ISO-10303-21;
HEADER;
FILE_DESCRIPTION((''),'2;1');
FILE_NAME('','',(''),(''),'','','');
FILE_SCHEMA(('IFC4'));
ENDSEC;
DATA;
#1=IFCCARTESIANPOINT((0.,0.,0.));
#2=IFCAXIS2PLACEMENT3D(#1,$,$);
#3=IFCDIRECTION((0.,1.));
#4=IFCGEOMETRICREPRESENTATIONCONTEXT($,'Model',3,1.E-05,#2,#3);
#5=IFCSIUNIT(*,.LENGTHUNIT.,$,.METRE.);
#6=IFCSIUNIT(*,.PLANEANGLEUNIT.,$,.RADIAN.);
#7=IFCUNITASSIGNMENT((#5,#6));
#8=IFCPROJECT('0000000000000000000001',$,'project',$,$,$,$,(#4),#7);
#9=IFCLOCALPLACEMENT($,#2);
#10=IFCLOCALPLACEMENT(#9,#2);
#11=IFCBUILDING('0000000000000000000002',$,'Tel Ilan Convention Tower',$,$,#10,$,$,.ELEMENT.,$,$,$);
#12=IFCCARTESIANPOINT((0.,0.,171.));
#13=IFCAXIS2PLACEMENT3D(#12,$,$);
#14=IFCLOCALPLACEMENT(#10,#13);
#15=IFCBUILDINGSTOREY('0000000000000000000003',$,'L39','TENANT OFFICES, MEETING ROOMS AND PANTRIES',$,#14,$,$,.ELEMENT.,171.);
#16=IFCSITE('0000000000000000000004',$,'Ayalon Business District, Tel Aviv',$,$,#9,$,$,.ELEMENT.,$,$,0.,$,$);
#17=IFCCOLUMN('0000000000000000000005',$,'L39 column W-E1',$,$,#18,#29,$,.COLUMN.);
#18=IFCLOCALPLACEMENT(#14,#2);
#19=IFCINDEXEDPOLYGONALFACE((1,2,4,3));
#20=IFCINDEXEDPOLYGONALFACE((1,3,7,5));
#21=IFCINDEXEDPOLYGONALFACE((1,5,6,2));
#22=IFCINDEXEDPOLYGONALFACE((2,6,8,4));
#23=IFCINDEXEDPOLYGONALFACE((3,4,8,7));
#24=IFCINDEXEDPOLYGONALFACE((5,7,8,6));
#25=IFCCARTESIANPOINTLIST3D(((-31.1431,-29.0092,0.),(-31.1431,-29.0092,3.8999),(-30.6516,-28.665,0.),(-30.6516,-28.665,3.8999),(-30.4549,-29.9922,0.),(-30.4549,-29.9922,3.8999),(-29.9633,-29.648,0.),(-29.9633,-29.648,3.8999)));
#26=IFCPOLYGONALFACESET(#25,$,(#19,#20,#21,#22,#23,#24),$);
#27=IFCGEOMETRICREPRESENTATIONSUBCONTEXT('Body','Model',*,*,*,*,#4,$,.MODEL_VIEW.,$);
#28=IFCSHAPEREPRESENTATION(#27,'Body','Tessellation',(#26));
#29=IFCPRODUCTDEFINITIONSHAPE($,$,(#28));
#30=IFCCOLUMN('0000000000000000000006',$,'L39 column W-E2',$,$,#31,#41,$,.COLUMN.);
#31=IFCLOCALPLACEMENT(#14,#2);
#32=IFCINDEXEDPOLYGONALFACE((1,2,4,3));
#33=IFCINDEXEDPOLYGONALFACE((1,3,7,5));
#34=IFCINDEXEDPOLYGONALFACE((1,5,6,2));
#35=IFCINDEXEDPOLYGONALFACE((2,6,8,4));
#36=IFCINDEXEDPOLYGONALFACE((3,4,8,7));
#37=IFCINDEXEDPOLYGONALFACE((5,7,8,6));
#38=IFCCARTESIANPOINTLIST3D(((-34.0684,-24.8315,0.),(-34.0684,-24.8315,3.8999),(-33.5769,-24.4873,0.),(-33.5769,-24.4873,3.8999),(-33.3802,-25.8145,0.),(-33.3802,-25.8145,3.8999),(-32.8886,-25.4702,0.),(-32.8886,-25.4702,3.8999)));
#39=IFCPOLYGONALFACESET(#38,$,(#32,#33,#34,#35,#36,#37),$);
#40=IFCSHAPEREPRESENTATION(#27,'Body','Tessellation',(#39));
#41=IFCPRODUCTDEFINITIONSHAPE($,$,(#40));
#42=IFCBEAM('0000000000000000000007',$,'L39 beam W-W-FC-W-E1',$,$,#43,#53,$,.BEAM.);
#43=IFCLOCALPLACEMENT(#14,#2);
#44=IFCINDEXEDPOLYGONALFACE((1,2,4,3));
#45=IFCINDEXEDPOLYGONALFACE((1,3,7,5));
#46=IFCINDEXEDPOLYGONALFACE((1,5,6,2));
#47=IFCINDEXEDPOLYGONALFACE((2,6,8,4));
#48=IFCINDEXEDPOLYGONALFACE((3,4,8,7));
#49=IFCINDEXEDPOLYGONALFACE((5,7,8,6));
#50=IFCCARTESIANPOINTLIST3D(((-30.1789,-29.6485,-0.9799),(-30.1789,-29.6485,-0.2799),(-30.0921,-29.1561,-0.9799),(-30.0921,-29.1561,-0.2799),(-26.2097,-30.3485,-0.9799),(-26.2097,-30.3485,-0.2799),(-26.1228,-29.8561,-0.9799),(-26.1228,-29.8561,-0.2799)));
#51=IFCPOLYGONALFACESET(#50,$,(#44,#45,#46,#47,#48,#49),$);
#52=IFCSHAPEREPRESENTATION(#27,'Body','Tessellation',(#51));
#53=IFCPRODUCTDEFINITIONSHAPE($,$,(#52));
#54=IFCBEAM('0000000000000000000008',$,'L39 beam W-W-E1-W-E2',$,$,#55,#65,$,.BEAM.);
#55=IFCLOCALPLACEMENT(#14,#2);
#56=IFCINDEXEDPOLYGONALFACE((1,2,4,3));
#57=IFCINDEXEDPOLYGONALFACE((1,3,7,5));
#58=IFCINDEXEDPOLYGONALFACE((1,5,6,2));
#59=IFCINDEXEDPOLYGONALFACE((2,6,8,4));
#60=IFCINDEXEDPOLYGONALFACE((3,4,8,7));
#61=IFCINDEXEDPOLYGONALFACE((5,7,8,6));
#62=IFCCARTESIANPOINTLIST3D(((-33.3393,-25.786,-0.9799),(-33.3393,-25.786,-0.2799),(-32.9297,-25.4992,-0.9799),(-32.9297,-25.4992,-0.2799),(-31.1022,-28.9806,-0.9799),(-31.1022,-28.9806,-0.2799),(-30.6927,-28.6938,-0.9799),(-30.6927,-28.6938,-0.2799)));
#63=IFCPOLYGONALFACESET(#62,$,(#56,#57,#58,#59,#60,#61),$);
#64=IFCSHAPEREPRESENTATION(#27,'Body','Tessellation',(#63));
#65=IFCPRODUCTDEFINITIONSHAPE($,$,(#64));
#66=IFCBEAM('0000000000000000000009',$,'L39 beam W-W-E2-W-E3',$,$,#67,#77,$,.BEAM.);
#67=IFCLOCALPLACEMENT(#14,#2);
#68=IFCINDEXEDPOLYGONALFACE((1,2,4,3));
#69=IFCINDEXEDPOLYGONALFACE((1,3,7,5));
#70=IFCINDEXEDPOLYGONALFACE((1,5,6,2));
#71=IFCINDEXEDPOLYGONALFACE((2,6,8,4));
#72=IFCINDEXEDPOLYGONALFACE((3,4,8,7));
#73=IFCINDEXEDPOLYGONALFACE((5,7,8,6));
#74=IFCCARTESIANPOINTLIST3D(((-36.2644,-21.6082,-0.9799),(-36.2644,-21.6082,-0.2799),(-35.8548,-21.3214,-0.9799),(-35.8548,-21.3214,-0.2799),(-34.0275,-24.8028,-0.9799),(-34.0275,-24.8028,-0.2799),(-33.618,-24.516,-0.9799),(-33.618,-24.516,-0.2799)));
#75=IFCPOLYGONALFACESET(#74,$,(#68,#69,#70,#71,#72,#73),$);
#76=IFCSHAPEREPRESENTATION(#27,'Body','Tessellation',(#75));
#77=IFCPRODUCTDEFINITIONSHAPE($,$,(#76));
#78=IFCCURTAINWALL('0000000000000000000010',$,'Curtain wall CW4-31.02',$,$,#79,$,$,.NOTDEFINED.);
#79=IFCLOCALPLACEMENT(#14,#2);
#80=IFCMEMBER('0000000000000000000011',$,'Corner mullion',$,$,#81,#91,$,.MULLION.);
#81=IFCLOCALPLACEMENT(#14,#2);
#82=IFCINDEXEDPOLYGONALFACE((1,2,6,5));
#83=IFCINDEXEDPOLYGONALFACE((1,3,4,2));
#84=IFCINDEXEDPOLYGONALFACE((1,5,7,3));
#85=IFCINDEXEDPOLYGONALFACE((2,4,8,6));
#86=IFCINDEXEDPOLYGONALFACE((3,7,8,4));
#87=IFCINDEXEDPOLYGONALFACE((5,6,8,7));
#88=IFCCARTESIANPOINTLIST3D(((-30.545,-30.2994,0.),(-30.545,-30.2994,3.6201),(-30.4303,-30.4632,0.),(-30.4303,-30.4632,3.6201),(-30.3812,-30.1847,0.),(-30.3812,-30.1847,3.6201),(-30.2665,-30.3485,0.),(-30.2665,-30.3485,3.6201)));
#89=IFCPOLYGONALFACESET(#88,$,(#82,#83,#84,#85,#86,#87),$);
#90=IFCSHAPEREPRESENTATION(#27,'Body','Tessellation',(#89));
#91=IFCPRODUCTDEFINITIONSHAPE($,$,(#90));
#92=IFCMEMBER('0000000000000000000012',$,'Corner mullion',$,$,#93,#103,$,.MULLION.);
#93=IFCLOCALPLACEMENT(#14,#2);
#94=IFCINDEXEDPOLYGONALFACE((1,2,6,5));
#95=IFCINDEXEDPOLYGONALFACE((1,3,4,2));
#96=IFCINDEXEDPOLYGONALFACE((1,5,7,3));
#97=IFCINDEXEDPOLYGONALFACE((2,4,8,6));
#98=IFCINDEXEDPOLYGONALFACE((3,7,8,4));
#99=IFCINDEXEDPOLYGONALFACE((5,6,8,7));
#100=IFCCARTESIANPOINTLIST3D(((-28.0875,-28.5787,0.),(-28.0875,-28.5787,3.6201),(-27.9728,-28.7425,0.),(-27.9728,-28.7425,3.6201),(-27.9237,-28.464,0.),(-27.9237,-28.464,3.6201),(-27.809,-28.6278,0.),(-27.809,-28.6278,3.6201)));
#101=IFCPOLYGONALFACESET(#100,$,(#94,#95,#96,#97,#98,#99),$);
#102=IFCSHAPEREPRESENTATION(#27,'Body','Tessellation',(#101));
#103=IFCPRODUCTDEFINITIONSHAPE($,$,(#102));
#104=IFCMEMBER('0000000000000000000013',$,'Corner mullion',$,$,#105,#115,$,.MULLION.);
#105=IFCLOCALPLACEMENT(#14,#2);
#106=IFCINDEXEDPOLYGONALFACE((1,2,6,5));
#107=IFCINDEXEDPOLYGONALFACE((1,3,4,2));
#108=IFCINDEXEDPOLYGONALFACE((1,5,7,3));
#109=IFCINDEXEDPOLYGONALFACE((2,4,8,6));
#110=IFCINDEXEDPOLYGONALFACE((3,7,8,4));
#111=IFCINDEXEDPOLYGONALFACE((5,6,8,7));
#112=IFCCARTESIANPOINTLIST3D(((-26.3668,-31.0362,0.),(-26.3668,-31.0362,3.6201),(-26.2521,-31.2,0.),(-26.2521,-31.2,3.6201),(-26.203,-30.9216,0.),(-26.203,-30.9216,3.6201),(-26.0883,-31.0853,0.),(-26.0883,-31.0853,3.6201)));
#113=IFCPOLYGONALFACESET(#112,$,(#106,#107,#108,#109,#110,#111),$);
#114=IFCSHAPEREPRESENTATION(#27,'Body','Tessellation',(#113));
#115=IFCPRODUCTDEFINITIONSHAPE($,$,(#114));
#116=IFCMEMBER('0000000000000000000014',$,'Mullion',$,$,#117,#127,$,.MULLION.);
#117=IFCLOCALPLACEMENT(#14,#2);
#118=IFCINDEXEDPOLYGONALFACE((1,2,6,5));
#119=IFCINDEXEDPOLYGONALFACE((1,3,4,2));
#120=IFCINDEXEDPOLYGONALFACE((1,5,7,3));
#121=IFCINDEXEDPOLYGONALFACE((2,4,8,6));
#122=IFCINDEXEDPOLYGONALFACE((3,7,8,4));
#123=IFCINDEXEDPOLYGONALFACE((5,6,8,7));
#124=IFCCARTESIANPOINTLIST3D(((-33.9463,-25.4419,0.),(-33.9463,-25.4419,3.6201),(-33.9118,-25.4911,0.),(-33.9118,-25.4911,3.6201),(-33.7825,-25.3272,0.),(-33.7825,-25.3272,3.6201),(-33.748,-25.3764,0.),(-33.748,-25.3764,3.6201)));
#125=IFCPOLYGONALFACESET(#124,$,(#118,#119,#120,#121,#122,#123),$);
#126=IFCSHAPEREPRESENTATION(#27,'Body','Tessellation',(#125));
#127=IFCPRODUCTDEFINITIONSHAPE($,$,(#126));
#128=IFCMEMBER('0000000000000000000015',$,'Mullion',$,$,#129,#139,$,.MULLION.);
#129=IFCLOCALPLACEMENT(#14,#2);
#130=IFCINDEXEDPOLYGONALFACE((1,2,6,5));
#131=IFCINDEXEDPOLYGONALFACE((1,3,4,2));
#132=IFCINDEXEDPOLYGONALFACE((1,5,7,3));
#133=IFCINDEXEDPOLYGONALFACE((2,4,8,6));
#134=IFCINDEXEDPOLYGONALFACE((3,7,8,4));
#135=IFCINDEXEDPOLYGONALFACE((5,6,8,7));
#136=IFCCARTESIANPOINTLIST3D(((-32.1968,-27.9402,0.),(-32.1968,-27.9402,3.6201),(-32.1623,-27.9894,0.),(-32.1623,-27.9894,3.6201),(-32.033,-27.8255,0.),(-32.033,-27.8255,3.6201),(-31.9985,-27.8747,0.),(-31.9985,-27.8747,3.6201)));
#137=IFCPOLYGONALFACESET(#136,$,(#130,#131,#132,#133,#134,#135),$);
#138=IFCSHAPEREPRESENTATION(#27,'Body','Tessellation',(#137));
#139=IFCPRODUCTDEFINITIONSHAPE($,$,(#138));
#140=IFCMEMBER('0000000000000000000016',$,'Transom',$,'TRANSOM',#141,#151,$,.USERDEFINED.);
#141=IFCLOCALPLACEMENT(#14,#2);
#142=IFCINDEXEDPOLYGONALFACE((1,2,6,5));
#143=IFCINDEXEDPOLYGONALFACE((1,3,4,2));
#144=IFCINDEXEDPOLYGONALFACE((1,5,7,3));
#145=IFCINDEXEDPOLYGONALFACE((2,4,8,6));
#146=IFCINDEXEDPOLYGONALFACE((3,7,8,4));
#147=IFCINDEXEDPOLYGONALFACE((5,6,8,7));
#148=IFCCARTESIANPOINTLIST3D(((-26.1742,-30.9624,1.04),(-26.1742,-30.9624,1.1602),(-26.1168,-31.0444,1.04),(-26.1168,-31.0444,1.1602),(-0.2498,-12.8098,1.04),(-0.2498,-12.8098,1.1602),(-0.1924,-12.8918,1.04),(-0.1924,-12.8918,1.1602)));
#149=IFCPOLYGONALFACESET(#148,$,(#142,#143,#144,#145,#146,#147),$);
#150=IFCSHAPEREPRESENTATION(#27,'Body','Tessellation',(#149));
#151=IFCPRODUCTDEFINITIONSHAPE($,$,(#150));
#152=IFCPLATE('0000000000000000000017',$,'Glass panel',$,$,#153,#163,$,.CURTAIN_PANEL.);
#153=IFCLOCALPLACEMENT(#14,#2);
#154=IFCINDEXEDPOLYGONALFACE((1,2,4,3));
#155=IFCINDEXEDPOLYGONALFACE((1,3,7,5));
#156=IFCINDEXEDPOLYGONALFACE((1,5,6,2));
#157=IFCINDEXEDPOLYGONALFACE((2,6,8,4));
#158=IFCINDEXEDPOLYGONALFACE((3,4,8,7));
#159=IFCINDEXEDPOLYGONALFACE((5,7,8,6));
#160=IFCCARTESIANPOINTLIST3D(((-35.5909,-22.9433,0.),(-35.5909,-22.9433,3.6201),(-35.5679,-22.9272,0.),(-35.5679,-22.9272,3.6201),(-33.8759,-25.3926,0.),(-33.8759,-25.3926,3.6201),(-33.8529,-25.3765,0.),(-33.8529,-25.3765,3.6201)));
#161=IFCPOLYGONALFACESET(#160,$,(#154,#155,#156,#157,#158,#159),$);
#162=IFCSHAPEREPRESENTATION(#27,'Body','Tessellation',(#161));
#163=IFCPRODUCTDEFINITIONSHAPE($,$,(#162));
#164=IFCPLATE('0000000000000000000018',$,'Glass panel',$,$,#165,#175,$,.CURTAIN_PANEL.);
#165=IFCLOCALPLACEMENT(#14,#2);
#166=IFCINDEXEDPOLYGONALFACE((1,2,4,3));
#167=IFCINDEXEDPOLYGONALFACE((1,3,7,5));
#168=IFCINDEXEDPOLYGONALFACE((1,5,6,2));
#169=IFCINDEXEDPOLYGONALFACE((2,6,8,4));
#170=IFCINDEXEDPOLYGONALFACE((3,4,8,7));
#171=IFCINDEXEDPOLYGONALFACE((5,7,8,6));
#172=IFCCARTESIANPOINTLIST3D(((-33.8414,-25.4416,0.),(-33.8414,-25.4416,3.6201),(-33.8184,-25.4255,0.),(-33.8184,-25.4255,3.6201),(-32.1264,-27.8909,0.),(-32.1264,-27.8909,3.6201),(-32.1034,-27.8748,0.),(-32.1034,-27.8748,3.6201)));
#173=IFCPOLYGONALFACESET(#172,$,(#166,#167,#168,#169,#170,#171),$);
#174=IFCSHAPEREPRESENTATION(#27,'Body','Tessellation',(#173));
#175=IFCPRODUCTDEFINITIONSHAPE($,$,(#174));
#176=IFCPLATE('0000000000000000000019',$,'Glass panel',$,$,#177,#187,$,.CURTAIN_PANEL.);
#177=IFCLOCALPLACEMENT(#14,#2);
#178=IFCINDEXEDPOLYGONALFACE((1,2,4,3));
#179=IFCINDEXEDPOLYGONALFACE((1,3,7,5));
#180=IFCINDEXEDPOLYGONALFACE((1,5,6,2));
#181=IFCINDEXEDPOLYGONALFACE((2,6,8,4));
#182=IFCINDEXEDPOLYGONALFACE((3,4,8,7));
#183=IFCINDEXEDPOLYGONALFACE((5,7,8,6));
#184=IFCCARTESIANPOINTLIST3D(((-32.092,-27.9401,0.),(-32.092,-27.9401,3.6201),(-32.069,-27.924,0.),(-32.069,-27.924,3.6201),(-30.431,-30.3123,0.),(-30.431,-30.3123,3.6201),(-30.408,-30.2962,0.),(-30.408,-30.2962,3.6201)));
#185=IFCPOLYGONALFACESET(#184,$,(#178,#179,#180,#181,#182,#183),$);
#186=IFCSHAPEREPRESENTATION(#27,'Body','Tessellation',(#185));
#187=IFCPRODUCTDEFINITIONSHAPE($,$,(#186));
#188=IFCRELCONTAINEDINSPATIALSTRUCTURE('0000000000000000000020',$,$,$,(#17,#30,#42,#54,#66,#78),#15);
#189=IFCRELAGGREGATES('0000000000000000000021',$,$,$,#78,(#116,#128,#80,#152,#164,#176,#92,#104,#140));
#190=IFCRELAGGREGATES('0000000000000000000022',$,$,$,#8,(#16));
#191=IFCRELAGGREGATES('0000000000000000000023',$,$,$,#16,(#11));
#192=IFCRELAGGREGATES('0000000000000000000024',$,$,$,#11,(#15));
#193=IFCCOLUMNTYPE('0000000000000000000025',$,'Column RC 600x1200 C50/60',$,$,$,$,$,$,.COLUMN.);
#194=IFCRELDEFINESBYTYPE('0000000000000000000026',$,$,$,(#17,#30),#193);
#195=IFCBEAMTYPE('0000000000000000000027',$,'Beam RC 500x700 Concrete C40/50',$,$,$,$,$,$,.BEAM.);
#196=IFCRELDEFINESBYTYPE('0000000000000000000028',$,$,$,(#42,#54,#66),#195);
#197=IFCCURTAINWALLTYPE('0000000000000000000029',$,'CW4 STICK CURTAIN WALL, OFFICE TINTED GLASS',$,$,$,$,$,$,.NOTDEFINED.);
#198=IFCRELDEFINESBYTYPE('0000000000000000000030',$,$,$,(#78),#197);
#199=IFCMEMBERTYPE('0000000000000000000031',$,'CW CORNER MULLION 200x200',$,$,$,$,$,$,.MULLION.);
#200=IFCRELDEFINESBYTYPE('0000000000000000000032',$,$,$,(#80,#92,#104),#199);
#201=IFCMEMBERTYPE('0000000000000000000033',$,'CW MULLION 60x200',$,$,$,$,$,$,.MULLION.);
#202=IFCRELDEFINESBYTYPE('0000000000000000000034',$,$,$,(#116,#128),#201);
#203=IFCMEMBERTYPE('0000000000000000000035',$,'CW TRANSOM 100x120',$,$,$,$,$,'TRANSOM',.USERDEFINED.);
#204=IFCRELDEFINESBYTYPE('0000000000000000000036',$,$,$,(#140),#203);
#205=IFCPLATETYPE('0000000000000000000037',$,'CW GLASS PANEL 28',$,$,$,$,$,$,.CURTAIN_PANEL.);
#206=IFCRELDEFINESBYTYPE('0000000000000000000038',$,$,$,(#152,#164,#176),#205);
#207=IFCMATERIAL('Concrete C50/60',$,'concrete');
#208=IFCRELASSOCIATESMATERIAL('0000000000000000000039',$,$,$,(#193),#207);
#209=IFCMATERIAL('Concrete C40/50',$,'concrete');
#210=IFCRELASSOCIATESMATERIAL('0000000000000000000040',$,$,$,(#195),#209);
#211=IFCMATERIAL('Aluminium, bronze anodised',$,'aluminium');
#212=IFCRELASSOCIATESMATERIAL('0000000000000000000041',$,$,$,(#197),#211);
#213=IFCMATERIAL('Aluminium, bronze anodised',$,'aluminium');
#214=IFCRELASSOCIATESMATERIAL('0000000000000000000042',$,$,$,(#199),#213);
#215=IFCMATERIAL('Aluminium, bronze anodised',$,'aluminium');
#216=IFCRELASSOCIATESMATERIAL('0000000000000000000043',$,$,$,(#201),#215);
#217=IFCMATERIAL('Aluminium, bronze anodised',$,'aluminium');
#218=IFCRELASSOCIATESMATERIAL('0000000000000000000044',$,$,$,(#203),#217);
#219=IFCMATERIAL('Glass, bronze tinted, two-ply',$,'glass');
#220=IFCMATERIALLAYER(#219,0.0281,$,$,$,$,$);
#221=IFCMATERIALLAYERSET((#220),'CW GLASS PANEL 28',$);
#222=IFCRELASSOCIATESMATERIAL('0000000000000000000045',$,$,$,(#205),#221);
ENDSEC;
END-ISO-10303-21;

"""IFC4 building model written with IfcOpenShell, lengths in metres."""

from ifc_helpers import new_model, si_unit, direction, frame, origin, origin_2d, place, context, subcontext, project, spatial, rectangle, extrude, material, layer, layer_set, material_profile, profile_set, type_object, element, aggregate, save


model = new_model("IFC4")

# Units and contexts
model_context = context("Model", 3, precision=1e-05, world=origin(), true_north=direction((0.0, 1.0)))
body_context = subcontext(model_context, "Body", "Model", "MODEL_VIEW")
ifc_project = project(units=[si_unit("LENGTHUNIT", "METRE"), si_unit("PLANEANGLEUNIT", "RADIAN")], contexts=[model_context])

# Site, building, storey
site_placement = place(None, origin())
site = spatial("IfcSite", under=ifc_project, at=site_placement, Name="Ayalon Business District, Tel Aviv", CompositionType="ELEMENT", RefElevation=0.0)
building_placement = place(site_placement, origin())
building = spatial("IfcBuilding", under=site, at=building_placement, Name="Tel Ilan Convention Tower", CompositionType="ELEMENT")
storey_placement = place(building_placement, frame((0.0, 0.0, 171.0)))
storey = spatial("IfcBuildingStorey", under=building, at=storey_placement, Name="L39", Description="TENANT OFFICES, MEETING ROOMS AND PANTRIES", CompositionType="ELEMENT", Elevation=171.0)

# Columns
ifc_material_1 = material(Name="Concrete C50/60", Category="concrete")
ifc_material_profile_1 = material_profile(ifc_material_1, rectangle(XDim=1.2, YDim=0.6001, at=origin_2d()), Name="RC 600x1200")
ifc_profile_set_1 = profile_set([ifc_material_profile_1], Name="Concrete C50/60")
column_type = type_object("IfcColumnType", Name="Column RC 600x1200 C50/60", PredefinedType="COLUMN", material=ifc_profile_set_1)
for number, where, z_axis, x_axis, name in (
    (1, (-30.5532, -29.3286, 0.0), (0.0, 0.0, 1.0), (-0.573576, 0.819152, 0.0), "L39 column W-E1"),
    (2, (-33.4785, -25.1509, 0.0), (0.0, 0.0, 1.0), (-0.573576, 0.819152, 0.0), "L39 column W-E2"),
):
    element("IfcColumn", number, at=place(storey_placement, frame(where, z_axis=z_axis, x_axis=x_axis)), inside=storey, type_object=column_type, Name=name, PredefinedType="COLUMN", context=body_context, shape_type="SweptSolid", body=[
        extrude(rectangle(XDim=1.2, YDim=0.6001, at=origin_2d()), origin(), (0.0, 0.0, 1.0), 3.8999),
    ])

# Beams
ifc_material_2 = material(Name="Concrete C40/50", Category="concrete")
ifc_material_profile_2 = material_profile(ifc_material_2, rectangle(XDim=0.5, YDim=0.7, at=origin_2d()), Name="RC 500x700")
ifc_profile_set_2 = profile_set([ifc_material_profile_2], Name="Concrete C40/50")
beam_type = type_object("IfcBeamType", Name="Beam RC 500x700 Concrete C40/50", PredefinedType="BEAM", material=ifc_profile_set_2)
beam_placement = place(storey_placement, frame((-26.1663, -30.1023, -0.6299), z_axis=(-0.984805, 0.173664, 0.0), x_axis=(-0.173664, -0.984805, 0.0)))
element("IfcBeam", 3, at=beam_placement, inside=storey, type_object=beam_type, Name="L39 beam W-W-FC-W-E1", PredefinedType="BEAM", context=body_context, shape_type="SweptSolid", body=[
    extrude(rectangle(XDim=0.5, YDim=0.7, at=origin_2d()), origin(), (0.0, 0.0, 1.0), 4.0305),
])
for number, where, z_axis, x_axis, name in (
    (4, (-30.8975, -28.8372, -0.6299), (-0.573609, 0.819129, 0.0), (-0.819129, -0.573609, 0.0), "L39 beam W-W-E1-W-E2"),
    (5, (-33.8228, -24.6594, -0.6299), (-0.573567, 0.819158, 0.0), (-0.819158, -0.573567, 0.0), "L39 beam W-W-E2-W-E3"),
):
    element("IfcBeam", number, at=place(storey_placement, frame(where, z_axis=z_axis, x_axis=x_axis)), inside=storey, type_object=beam_type, Name=name, PredefinedType="BEAM", context=body_context, shape_type="SweptSolid", body=[
        extrude(rectangle(XDim=0.5, YDim=0.7, at=origin_2d()), origin(), (0.0, 0.0, 1.0), 3.8999),
    ])

# Curtain wall, members, plates
ifc_material_3 = material(Name="Aluminium, bronze anodised", Category="aluminium")
curtain_wall_type = type_object("IfcCurtainWallType", Name="CW4 STICK CURTAIN WALL, OFFICE TINTED GLASS", PredefinedType="NOTDEFINED", material=ifc_material_3)
curtain_wall_placement = place(storey_placement, origin())
curtain_wall = element("IfcCurtainWall", 6, at=curtain_wall_placement, inside=storey, type_object=curtain_wall_type, Name="Curtain wall CW4-31.02", PredefinedType="NOTDEFINED")
ifc_material_4 = material(Name="Aluminium, bronze anodised", Category="aluminium")
ifc_material_profile_3 = material_profile(ifc_material_4, rectangle(XDim=0.2, YDim=0.2, at=origin_2d()), Name="CW CORNER MULLION 200x200")
ifc_profile_set_3 = profile_set([ifc_material_profile_3], Name="Aluminium, bronze anodised")
member_type_1 = type_object("IfcMemberType", Name="CW CORNER MULLION 200x200", PredefinedType="MULLION", material=ifc_profile_set_3)
member_1_placement = place(storey_placement, frame((-30.4058, -30.324, 0.0), z_axis=(0.0, 0.0, 1.0), x_axis=(0.573576, -0.819152, 0.0)))
member_1 = element("IfcMember", 7, at=member_1_placement, type_object=member_type_1, Name="Corner mullion", PredefinedType="MULLION", context=body_context, shape_type="SweptSolid", body=[
    extrude(rectangle(XDim=0.2, YDim=0.2, at=origin_2d()), origin(), (0.0, 0.0, 1.0), 3.6201),
])
member_2_placement = place(storey_placement, frame((-27.9482, -28.6033, 0.0), z_axis=(0.0, 0.0, 1.0), x_axis=(0.819152, 0.573576, 0.0)))
member_2 = element("IfcMember", 8, at=member_2_placement, type_object=member_type_1, Name="Corner mullion", PredefinedType="MULLION", context=body_context, shape_type="SweptSolid", body=[
    extrude(rectangle(XDim=0.2, YDim=0.2, at=origin_2d()), origin(), (0.0, 0.0, 1.0), 3.6201),
])
member_3_placement = place(storey_placement, frame((-26.2275, -31.0608, 0.0), z_axis=(0.0, 0.0, 1.0), x_axis=(0.573576, -0.819152, 0.0)))
member_3 = element("IfcMember", 9, at=member_3_placement, type_object=member_type_1, Name="Corner mullion", PredefinedType="MULLION", context=body_context, shape_type="SweptSolid", body=[
    extrude(rectangle(XDim=0.2, YDim=0.2, at=origin_2d()), origin(), (0.0, 0.0, 1.0), 3.6201),
])
ifc_material_5 = material(Name="Aluminium, bronze anodised", Category="aluminium")
ifc_material_profile_4 = material_profile(ifc_material_5, rectangle(XDim=0.0601, YDim=0.2, at=origin_2d()), Name="CW MULLION 60x200")
ifc_profile_set_4 = profile_set([ifc_material_profile_4], Name="Aluminium, bronze anodised")
member_type_2 = type_object("IfcMemberType", Name="CW MULLION 60x200", PredefinedType="MULLION", material=ifc_profile_set_4)
member_4_placement = place(storey_placement, frame((-33.8472, -25.4092, 0.0), z_axis=(0.0, 0.0, 1.0), x_axis=(0.573576, -0.819152, 0.0)))
member_4 = element("IfcMember", 10, at=member_4_placement, type_object=member_type_2, Name="Mullion", PredefinedType="MULLION", context=body_context, shape_type="SweptSolid", body=[
    extrude(rectangle(XDim=0.0601, YDim=0.2, at=origin_2d()), origin(), (0.0, 0.0, 1.0), 3.6201),
])
member_5_placement = place(storey_placement, frame((-32.0977, -27.9075, 0.0), z_axis=(0.0, 0.0, 1.0), x_axis=(0.573576, -0.819152, 0.0)))
member_5 = element("IfcMember", 11, at=member_5_placement, type_object=member_type_2, Name="Mullion", PredefinedType="MULLION", context=body_context, shape_type="SweptSolid", body=[
    extrude(rectangle(XDim=0.0601, YDim=0.2, at=origin_2d()), origin(), (0.0, 0.0, 1.0), 3.6201),
])
ifc_material_6 = material(Name="Aluminium, bronze anodised", Category="aluminium")
ifc_material_profile_5 = material_profile(ifc_material_6, rectangle(XDim=0.1001, YDim=0.1201, at=origin_2d()), Name="CW TRANSOM 100x120")
ifc_profile_set_5 = profile_set([ifc_material_profile_5], Name="Aluminium, bronze anodised")
member_type_3 = type_object("IfcMemberType", Name="CW TRANSOM 100x120", ElementType="TRANSOM", PredefinedType="USERDEFINED", material=ifc_profile_set_5)
member_6_placement = place(storey_placement, frame((-26.1455, -31.0034, 1.1001), z_axis=(0.819149, 0.57358, 0.0), x_axis=(-0.57358, 0.819149, 0.0)))
member_6 = element("IfcMember", 12, at=member_6_placement, type_object=member_type_3, Name="Transom", ObjectType="TRANSOM", PredefinedType="USERDEFINED", context=body_context, shape_type="SweptSolid", body=[
    extrude(rectangle(XDim=0.1001, YDim=0.1201, at=origin_2d()), origin(), (0.0, 0.0, 1.0), 31.6479),
])
ifc_material_7 = material(Name="Glass, bronze tinted, two-ply", Category="glass")
ifc_layer_1 = layer(ifc_material_7, 0.0281)
ifc_layer_set_1 = layer_set([ifc_layer_1], Name="CW GLASS PANEL 28")
plate_type = type_object("IfcPlateType", Name="CW GLASS PANEL 28", PredefinedType="CURTAIN_PANEL", material=ifc_layer_set_1)
plate_1_placement = place(storey_placement, frame((-34.7219, -24.1599, 0.0), z_axis=(0.0, 0.0, 1.0), x_axis=(0.573576, -0.819152, 0.0)))
plate_1 = element("IfcPlate", 13, at=plate_1_placement, type_object=plate_type, Name="Glass panel", PredefinedType="CURTAIN_PANEL", context=body_context, shape_type="SweptSolid", body=[
    extrude(rectangle(XDim=2.99, YDim=0.0281, at=origin_2d()), origin(), (0.0, 0.0, 1.0), 3.6201),
])
plate_2_placement = place(storey_placement, frame((-32.9724, -26.6582, 0.0), z_axis=(0.0, 0.0, 1.0), x_axis=(0.573576, -0.819152, 0.0)))
plate_2 = element("IfcPlate", 14, at=plate_2_placement, type_object=plate_type, Name="Glass panel", PredefinedType="CURTAIN_PANEL", context=body_context, shape_type="SweptSolid", body=[
    extrude(rectangle(XDim=2.99, YDim=0.0281, at=origin_2d()), origin(), (0.0, 0.0, 1.0), 3.6201),
])
plate_3_placement = place(storey_placement, frame((-31.25, -29.1182, 0.0), z_axis=(0.0, 0.0, 1.0), x_axis=(0.573576, -0.819152, 0.0)))
plate_3 = element("IfcPlate", 15, at=plate_3_placement, type_object=plate_type, Name="Glass panel", PredefinedType="CURTAIN_PANEL", context=body_context, shape_type="SweptSolid", body=[
    extrude(rectangle(XDim=2.896, YDim=0.0281, at=origin_2d()), origin(), (0.0, 0.0, 1.0), 3.6201),
])
aggregate(curtain_wall, [member_4, member_5, member_1, plate_1, plate_2, plate_3, member_2, member_3, member_6])

save(model, "model.ifc")
